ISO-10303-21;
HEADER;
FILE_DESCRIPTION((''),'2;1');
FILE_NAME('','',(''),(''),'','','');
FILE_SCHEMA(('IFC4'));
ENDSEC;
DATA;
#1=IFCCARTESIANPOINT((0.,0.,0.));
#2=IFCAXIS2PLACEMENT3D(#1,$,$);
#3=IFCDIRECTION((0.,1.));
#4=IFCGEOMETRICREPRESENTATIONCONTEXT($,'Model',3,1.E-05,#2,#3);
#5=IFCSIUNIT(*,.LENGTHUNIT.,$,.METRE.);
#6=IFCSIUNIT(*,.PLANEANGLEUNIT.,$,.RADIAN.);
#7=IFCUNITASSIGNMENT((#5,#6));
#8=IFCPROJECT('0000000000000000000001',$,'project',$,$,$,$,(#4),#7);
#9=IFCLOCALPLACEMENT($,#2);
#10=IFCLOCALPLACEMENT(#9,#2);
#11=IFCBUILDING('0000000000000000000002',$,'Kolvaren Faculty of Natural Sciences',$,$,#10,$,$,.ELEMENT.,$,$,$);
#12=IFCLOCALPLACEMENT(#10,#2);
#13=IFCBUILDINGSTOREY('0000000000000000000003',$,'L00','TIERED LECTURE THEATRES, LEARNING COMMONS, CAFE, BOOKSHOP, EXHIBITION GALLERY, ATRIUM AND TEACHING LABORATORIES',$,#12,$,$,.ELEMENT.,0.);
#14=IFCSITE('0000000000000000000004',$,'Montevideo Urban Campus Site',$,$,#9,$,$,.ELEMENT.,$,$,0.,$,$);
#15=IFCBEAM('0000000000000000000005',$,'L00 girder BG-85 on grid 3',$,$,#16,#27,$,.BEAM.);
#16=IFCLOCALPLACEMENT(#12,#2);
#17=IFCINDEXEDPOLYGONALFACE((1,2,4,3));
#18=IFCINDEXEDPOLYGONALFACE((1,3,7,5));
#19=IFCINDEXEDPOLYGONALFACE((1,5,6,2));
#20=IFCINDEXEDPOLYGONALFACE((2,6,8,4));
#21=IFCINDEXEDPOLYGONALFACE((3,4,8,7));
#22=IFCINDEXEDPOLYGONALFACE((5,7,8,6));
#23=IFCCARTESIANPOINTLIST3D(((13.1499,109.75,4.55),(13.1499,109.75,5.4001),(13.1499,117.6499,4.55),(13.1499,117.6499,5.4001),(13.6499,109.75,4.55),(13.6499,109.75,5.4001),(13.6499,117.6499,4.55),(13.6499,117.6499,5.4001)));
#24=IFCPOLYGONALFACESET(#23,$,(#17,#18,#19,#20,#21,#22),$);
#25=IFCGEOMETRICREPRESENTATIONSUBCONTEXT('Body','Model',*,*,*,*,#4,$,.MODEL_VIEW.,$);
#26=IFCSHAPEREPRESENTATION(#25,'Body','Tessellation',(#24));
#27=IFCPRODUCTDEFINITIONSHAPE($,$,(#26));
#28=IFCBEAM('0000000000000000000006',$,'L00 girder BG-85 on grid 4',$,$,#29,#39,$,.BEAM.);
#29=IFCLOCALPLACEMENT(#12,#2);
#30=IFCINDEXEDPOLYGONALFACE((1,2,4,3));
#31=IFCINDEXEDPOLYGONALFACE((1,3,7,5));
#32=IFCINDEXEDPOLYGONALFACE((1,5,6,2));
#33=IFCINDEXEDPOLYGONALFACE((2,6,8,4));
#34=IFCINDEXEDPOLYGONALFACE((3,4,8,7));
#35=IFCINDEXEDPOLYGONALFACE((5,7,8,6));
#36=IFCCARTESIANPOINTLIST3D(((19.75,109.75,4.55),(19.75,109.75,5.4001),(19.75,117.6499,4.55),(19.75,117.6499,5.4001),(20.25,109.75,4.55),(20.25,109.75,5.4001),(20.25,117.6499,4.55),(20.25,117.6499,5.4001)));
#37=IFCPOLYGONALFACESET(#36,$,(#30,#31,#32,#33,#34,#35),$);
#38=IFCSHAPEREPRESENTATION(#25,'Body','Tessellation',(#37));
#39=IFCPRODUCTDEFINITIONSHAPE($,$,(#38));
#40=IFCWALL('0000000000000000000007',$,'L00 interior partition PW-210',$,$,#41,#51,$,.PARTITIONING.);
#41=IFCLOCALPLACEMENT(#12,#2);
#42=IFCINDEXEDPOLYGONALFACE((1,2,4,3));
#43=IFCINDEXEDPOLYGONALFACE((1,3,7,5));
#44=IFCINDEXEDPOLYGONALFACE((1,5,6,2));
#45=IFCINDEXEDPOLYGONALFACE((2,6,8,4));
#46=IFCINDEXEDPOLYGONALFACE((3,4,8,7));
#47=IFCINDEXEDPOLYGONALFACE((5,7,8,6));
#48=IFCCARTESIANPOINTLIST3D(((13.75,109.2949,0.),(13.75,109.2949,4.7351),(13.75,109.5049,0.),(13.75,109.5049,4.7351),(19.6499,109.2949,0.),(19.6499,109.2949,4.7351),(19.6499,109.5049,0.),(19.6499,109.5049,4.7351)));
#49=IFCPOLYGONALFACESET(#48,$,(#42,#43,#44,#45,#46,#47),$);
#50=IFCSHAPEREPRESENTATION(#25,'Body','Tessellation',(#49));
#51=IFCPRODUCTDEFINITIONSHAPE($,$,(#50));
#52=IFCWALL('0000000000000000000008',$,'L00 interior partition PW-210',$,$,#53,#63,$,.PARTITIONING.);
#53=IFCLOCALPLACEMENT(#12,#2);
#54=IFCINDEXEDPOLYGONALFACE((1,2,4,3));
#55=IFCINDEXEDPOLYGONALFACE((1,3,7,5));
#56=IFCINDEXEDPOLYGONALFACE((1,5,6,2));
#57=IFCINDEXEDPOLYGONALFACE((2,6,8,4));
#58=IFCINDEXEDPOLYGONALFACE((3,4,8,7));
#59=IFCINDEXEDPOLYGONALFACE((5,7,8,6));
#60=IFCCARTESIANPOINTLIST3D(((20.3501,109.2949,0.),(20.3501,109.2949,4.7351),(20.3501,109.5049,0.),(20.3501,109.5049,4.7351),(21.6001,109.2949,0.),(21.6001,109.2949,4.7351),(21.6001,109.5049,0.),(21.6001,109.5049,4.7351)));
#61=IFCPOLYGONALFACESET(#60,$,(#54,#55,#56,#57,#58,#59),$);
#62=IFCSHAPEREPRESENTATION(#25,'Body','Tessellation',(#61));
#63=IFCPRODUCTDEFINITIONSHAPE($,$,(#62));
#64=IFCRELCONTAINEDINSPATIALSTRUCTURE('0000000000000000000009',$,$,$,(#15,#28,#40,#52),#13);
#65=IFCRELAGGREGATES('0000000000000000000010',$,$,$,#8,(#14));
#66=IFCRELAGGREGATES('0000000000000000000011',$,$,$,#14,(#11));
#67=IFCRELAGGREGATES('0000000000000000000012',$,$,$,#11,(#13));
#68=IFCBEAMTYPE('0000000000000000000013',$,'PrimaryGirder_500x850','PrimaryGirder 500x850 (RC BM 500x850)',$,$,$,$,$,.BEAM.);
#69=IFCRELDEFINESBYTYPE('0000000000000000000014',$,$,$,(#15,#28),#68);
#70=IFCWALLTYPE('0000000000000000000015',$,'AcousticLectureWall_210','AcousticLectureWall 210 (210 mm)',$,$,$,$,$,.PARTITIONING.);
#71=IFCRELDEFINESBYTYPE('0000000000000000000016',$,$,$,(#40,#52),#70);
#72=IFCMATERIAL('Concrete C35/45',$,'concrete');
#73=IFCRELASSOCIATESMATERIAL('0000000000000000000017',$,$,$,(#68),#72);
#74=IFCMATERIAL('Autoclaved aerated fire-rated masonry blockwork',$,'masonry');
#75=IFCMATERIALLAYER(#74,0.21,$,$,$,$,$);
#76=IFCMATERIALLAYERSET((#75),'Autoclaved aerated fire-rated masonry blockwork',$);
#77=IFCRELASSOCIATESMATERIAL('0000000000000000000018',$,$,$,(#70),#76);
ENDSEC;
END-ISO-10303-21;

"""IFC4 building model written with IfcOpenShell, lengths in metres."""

from ifc_helpers import new_model, si_unit, direction, frame, frame_2d, origin, origin_2d, place, context, subcontext, project, spatial, rectangle, extrude, material, layer, layer_set, material_profile, profile_set, type_object, element, save


model = new_model("IFC4")

# Units and contexts
model_context = context("Model", 3, precision=1e-05, world=origin(), true_north=direction((0.0, 1.0)))
body_context = subcontext(model_context, "Body", "Model", "MODEL_VIEW")
ifc_project = project(units=[si_unit("LENGTHUNIT", "METRE"), si_unit("PLANEANGLEUNIT", "RADIAN")], contexts=[model_context])

# Site, building, storey
site_placement = place(None, origin())
site = spatial("IfcSite", under=ifc_project, at=site_placement, Name="Montevideo Urban Campus Site", CompositionType="ELEMENT", RefElevation=0.0)
building_placement = place(site_placement, origin())
building = spatial("IfcBuilding", under=site, at=building_placement, Name="Kolvaren Faculty of Natural Sciences", CompositionType="ELEMENT")
storey_placement = place(building_placement, origin())
storey = spatial("IfcBuildingStorey", under=building, at=storey_placement, Name="L00", Description="TIERED LECTURE THEATRES, LEARNING COMMONS, CAFE, BOOKSHOP, EXHIBITION GALLERY, ATRIUM AND TEACHING LABORATORIES", CompositionType="ELEMENT", Elevation=0.0)

# Shared definitions
ifc_material_1 = material(Name="Concrete C35/45", Category="concrete")

# Beams
ifc_material_profile_1 = material_profile(ifc_material_1, rectangle(XDim=0.5, YDim=0.8501, at=origin_2d()), Name="RC BM 500x850")
ifc_profile_set_1 = profile_set([ifc_material_profile_1], Name="Concrete C35/45")
beam_type_1 = type_object("IfcBeamType", Name="PrimaryGirder_500x850", Description="PrimaryGirder 500x850 (RC BM 500x850)", PredefinedType="BEAM", material=ifc_profile_set_1)
for number, where, z_axis, x_axis, name in (
    (1, (13.3999, 109.75, 4.9751), (0.0, 1.0, 0.0), (-1.0, 0.0, 0.0), "L00 girder BG-85 on grid 3"),
    (2, (20.0, 109.75, 4.9751), (0.0, 1.0, 0.0), (-1.0, 0.0, 0.0), "L00 girder BG-85 on grid 4"),
):
    element("IfcBeam", number, at=place(storey_placement, frame(where, z_axis=z_axis, x_axis=x_axis)), inside=storey, type_object=beam_type_1, Name=name, PredefinedType="BEAM", context=body_context, shape_type="SweptSolid", body=[
        extrude(rectangle(XDim=0.5, YDim=0.8501, at=origin_2d()), origin(), (0.0, 0.0, 1.0), 7.8999),
    ])

# Walls
ifc_material_2 = material(Name="Autoclaved aerated fire-rated masonry blockwork", Category="masonry")
ifc_layer = layer(ifc_material_2, 0.21)
ifc_layer_set = layer_set([ifc_layer], Name="Autoclaved aerated fire-rated masonry blockwork")
wall_type = type_object("IfcWallType", Name="AcousticLectureWall_210", Description="AcousticLectureWall 210 (210 mm)", PredefinedType="PARTITIONING", material=ifc_layer_set)
wall_1_placement = place(storey_placement, frame((13.75, 109.3999, 0.0), z_axis=(0.0, 0.0, 1.0), x_axis=(1.0, 0.0, 0.0)))
element("IfcWall", 3, at=wall_1_placement, inside=storey, type_object=wall_type, Name="L00 interior partition PW-210", PredefinedType="PARTITIONING", context=body_context, shape_type="SweptSolid", body=[
    extrude(rectangle(XDim=5.8999, YDim=0.21, at=frame_2d((2.95, 0.0))), origin(), (0.0, 0.0, 1.0), 4.7351),
])
wall_2_placement = place(storey_placement, frame((20.3501, 109.3999, 0.0), z_axis=(0.0, 0.0, 1.0), x_axis=(1.0, 0.0, 0.0)))
element("IfcWall", 4, at=wall_2_placement, inside=storey, type_object=wall_type, Name="L00 interior partition PW-210", PredefinedType="PARTITIONING", context=body_context, shape_type="SweptSolid", body=[
    extrude(rectangle(XDim=1.25, YDim=0.21, at=frame_2d((0.625, 0.0))), origin(), (0.0, 0.0, 1.0), 4.7351),
])

save(model, "model.ifc")
